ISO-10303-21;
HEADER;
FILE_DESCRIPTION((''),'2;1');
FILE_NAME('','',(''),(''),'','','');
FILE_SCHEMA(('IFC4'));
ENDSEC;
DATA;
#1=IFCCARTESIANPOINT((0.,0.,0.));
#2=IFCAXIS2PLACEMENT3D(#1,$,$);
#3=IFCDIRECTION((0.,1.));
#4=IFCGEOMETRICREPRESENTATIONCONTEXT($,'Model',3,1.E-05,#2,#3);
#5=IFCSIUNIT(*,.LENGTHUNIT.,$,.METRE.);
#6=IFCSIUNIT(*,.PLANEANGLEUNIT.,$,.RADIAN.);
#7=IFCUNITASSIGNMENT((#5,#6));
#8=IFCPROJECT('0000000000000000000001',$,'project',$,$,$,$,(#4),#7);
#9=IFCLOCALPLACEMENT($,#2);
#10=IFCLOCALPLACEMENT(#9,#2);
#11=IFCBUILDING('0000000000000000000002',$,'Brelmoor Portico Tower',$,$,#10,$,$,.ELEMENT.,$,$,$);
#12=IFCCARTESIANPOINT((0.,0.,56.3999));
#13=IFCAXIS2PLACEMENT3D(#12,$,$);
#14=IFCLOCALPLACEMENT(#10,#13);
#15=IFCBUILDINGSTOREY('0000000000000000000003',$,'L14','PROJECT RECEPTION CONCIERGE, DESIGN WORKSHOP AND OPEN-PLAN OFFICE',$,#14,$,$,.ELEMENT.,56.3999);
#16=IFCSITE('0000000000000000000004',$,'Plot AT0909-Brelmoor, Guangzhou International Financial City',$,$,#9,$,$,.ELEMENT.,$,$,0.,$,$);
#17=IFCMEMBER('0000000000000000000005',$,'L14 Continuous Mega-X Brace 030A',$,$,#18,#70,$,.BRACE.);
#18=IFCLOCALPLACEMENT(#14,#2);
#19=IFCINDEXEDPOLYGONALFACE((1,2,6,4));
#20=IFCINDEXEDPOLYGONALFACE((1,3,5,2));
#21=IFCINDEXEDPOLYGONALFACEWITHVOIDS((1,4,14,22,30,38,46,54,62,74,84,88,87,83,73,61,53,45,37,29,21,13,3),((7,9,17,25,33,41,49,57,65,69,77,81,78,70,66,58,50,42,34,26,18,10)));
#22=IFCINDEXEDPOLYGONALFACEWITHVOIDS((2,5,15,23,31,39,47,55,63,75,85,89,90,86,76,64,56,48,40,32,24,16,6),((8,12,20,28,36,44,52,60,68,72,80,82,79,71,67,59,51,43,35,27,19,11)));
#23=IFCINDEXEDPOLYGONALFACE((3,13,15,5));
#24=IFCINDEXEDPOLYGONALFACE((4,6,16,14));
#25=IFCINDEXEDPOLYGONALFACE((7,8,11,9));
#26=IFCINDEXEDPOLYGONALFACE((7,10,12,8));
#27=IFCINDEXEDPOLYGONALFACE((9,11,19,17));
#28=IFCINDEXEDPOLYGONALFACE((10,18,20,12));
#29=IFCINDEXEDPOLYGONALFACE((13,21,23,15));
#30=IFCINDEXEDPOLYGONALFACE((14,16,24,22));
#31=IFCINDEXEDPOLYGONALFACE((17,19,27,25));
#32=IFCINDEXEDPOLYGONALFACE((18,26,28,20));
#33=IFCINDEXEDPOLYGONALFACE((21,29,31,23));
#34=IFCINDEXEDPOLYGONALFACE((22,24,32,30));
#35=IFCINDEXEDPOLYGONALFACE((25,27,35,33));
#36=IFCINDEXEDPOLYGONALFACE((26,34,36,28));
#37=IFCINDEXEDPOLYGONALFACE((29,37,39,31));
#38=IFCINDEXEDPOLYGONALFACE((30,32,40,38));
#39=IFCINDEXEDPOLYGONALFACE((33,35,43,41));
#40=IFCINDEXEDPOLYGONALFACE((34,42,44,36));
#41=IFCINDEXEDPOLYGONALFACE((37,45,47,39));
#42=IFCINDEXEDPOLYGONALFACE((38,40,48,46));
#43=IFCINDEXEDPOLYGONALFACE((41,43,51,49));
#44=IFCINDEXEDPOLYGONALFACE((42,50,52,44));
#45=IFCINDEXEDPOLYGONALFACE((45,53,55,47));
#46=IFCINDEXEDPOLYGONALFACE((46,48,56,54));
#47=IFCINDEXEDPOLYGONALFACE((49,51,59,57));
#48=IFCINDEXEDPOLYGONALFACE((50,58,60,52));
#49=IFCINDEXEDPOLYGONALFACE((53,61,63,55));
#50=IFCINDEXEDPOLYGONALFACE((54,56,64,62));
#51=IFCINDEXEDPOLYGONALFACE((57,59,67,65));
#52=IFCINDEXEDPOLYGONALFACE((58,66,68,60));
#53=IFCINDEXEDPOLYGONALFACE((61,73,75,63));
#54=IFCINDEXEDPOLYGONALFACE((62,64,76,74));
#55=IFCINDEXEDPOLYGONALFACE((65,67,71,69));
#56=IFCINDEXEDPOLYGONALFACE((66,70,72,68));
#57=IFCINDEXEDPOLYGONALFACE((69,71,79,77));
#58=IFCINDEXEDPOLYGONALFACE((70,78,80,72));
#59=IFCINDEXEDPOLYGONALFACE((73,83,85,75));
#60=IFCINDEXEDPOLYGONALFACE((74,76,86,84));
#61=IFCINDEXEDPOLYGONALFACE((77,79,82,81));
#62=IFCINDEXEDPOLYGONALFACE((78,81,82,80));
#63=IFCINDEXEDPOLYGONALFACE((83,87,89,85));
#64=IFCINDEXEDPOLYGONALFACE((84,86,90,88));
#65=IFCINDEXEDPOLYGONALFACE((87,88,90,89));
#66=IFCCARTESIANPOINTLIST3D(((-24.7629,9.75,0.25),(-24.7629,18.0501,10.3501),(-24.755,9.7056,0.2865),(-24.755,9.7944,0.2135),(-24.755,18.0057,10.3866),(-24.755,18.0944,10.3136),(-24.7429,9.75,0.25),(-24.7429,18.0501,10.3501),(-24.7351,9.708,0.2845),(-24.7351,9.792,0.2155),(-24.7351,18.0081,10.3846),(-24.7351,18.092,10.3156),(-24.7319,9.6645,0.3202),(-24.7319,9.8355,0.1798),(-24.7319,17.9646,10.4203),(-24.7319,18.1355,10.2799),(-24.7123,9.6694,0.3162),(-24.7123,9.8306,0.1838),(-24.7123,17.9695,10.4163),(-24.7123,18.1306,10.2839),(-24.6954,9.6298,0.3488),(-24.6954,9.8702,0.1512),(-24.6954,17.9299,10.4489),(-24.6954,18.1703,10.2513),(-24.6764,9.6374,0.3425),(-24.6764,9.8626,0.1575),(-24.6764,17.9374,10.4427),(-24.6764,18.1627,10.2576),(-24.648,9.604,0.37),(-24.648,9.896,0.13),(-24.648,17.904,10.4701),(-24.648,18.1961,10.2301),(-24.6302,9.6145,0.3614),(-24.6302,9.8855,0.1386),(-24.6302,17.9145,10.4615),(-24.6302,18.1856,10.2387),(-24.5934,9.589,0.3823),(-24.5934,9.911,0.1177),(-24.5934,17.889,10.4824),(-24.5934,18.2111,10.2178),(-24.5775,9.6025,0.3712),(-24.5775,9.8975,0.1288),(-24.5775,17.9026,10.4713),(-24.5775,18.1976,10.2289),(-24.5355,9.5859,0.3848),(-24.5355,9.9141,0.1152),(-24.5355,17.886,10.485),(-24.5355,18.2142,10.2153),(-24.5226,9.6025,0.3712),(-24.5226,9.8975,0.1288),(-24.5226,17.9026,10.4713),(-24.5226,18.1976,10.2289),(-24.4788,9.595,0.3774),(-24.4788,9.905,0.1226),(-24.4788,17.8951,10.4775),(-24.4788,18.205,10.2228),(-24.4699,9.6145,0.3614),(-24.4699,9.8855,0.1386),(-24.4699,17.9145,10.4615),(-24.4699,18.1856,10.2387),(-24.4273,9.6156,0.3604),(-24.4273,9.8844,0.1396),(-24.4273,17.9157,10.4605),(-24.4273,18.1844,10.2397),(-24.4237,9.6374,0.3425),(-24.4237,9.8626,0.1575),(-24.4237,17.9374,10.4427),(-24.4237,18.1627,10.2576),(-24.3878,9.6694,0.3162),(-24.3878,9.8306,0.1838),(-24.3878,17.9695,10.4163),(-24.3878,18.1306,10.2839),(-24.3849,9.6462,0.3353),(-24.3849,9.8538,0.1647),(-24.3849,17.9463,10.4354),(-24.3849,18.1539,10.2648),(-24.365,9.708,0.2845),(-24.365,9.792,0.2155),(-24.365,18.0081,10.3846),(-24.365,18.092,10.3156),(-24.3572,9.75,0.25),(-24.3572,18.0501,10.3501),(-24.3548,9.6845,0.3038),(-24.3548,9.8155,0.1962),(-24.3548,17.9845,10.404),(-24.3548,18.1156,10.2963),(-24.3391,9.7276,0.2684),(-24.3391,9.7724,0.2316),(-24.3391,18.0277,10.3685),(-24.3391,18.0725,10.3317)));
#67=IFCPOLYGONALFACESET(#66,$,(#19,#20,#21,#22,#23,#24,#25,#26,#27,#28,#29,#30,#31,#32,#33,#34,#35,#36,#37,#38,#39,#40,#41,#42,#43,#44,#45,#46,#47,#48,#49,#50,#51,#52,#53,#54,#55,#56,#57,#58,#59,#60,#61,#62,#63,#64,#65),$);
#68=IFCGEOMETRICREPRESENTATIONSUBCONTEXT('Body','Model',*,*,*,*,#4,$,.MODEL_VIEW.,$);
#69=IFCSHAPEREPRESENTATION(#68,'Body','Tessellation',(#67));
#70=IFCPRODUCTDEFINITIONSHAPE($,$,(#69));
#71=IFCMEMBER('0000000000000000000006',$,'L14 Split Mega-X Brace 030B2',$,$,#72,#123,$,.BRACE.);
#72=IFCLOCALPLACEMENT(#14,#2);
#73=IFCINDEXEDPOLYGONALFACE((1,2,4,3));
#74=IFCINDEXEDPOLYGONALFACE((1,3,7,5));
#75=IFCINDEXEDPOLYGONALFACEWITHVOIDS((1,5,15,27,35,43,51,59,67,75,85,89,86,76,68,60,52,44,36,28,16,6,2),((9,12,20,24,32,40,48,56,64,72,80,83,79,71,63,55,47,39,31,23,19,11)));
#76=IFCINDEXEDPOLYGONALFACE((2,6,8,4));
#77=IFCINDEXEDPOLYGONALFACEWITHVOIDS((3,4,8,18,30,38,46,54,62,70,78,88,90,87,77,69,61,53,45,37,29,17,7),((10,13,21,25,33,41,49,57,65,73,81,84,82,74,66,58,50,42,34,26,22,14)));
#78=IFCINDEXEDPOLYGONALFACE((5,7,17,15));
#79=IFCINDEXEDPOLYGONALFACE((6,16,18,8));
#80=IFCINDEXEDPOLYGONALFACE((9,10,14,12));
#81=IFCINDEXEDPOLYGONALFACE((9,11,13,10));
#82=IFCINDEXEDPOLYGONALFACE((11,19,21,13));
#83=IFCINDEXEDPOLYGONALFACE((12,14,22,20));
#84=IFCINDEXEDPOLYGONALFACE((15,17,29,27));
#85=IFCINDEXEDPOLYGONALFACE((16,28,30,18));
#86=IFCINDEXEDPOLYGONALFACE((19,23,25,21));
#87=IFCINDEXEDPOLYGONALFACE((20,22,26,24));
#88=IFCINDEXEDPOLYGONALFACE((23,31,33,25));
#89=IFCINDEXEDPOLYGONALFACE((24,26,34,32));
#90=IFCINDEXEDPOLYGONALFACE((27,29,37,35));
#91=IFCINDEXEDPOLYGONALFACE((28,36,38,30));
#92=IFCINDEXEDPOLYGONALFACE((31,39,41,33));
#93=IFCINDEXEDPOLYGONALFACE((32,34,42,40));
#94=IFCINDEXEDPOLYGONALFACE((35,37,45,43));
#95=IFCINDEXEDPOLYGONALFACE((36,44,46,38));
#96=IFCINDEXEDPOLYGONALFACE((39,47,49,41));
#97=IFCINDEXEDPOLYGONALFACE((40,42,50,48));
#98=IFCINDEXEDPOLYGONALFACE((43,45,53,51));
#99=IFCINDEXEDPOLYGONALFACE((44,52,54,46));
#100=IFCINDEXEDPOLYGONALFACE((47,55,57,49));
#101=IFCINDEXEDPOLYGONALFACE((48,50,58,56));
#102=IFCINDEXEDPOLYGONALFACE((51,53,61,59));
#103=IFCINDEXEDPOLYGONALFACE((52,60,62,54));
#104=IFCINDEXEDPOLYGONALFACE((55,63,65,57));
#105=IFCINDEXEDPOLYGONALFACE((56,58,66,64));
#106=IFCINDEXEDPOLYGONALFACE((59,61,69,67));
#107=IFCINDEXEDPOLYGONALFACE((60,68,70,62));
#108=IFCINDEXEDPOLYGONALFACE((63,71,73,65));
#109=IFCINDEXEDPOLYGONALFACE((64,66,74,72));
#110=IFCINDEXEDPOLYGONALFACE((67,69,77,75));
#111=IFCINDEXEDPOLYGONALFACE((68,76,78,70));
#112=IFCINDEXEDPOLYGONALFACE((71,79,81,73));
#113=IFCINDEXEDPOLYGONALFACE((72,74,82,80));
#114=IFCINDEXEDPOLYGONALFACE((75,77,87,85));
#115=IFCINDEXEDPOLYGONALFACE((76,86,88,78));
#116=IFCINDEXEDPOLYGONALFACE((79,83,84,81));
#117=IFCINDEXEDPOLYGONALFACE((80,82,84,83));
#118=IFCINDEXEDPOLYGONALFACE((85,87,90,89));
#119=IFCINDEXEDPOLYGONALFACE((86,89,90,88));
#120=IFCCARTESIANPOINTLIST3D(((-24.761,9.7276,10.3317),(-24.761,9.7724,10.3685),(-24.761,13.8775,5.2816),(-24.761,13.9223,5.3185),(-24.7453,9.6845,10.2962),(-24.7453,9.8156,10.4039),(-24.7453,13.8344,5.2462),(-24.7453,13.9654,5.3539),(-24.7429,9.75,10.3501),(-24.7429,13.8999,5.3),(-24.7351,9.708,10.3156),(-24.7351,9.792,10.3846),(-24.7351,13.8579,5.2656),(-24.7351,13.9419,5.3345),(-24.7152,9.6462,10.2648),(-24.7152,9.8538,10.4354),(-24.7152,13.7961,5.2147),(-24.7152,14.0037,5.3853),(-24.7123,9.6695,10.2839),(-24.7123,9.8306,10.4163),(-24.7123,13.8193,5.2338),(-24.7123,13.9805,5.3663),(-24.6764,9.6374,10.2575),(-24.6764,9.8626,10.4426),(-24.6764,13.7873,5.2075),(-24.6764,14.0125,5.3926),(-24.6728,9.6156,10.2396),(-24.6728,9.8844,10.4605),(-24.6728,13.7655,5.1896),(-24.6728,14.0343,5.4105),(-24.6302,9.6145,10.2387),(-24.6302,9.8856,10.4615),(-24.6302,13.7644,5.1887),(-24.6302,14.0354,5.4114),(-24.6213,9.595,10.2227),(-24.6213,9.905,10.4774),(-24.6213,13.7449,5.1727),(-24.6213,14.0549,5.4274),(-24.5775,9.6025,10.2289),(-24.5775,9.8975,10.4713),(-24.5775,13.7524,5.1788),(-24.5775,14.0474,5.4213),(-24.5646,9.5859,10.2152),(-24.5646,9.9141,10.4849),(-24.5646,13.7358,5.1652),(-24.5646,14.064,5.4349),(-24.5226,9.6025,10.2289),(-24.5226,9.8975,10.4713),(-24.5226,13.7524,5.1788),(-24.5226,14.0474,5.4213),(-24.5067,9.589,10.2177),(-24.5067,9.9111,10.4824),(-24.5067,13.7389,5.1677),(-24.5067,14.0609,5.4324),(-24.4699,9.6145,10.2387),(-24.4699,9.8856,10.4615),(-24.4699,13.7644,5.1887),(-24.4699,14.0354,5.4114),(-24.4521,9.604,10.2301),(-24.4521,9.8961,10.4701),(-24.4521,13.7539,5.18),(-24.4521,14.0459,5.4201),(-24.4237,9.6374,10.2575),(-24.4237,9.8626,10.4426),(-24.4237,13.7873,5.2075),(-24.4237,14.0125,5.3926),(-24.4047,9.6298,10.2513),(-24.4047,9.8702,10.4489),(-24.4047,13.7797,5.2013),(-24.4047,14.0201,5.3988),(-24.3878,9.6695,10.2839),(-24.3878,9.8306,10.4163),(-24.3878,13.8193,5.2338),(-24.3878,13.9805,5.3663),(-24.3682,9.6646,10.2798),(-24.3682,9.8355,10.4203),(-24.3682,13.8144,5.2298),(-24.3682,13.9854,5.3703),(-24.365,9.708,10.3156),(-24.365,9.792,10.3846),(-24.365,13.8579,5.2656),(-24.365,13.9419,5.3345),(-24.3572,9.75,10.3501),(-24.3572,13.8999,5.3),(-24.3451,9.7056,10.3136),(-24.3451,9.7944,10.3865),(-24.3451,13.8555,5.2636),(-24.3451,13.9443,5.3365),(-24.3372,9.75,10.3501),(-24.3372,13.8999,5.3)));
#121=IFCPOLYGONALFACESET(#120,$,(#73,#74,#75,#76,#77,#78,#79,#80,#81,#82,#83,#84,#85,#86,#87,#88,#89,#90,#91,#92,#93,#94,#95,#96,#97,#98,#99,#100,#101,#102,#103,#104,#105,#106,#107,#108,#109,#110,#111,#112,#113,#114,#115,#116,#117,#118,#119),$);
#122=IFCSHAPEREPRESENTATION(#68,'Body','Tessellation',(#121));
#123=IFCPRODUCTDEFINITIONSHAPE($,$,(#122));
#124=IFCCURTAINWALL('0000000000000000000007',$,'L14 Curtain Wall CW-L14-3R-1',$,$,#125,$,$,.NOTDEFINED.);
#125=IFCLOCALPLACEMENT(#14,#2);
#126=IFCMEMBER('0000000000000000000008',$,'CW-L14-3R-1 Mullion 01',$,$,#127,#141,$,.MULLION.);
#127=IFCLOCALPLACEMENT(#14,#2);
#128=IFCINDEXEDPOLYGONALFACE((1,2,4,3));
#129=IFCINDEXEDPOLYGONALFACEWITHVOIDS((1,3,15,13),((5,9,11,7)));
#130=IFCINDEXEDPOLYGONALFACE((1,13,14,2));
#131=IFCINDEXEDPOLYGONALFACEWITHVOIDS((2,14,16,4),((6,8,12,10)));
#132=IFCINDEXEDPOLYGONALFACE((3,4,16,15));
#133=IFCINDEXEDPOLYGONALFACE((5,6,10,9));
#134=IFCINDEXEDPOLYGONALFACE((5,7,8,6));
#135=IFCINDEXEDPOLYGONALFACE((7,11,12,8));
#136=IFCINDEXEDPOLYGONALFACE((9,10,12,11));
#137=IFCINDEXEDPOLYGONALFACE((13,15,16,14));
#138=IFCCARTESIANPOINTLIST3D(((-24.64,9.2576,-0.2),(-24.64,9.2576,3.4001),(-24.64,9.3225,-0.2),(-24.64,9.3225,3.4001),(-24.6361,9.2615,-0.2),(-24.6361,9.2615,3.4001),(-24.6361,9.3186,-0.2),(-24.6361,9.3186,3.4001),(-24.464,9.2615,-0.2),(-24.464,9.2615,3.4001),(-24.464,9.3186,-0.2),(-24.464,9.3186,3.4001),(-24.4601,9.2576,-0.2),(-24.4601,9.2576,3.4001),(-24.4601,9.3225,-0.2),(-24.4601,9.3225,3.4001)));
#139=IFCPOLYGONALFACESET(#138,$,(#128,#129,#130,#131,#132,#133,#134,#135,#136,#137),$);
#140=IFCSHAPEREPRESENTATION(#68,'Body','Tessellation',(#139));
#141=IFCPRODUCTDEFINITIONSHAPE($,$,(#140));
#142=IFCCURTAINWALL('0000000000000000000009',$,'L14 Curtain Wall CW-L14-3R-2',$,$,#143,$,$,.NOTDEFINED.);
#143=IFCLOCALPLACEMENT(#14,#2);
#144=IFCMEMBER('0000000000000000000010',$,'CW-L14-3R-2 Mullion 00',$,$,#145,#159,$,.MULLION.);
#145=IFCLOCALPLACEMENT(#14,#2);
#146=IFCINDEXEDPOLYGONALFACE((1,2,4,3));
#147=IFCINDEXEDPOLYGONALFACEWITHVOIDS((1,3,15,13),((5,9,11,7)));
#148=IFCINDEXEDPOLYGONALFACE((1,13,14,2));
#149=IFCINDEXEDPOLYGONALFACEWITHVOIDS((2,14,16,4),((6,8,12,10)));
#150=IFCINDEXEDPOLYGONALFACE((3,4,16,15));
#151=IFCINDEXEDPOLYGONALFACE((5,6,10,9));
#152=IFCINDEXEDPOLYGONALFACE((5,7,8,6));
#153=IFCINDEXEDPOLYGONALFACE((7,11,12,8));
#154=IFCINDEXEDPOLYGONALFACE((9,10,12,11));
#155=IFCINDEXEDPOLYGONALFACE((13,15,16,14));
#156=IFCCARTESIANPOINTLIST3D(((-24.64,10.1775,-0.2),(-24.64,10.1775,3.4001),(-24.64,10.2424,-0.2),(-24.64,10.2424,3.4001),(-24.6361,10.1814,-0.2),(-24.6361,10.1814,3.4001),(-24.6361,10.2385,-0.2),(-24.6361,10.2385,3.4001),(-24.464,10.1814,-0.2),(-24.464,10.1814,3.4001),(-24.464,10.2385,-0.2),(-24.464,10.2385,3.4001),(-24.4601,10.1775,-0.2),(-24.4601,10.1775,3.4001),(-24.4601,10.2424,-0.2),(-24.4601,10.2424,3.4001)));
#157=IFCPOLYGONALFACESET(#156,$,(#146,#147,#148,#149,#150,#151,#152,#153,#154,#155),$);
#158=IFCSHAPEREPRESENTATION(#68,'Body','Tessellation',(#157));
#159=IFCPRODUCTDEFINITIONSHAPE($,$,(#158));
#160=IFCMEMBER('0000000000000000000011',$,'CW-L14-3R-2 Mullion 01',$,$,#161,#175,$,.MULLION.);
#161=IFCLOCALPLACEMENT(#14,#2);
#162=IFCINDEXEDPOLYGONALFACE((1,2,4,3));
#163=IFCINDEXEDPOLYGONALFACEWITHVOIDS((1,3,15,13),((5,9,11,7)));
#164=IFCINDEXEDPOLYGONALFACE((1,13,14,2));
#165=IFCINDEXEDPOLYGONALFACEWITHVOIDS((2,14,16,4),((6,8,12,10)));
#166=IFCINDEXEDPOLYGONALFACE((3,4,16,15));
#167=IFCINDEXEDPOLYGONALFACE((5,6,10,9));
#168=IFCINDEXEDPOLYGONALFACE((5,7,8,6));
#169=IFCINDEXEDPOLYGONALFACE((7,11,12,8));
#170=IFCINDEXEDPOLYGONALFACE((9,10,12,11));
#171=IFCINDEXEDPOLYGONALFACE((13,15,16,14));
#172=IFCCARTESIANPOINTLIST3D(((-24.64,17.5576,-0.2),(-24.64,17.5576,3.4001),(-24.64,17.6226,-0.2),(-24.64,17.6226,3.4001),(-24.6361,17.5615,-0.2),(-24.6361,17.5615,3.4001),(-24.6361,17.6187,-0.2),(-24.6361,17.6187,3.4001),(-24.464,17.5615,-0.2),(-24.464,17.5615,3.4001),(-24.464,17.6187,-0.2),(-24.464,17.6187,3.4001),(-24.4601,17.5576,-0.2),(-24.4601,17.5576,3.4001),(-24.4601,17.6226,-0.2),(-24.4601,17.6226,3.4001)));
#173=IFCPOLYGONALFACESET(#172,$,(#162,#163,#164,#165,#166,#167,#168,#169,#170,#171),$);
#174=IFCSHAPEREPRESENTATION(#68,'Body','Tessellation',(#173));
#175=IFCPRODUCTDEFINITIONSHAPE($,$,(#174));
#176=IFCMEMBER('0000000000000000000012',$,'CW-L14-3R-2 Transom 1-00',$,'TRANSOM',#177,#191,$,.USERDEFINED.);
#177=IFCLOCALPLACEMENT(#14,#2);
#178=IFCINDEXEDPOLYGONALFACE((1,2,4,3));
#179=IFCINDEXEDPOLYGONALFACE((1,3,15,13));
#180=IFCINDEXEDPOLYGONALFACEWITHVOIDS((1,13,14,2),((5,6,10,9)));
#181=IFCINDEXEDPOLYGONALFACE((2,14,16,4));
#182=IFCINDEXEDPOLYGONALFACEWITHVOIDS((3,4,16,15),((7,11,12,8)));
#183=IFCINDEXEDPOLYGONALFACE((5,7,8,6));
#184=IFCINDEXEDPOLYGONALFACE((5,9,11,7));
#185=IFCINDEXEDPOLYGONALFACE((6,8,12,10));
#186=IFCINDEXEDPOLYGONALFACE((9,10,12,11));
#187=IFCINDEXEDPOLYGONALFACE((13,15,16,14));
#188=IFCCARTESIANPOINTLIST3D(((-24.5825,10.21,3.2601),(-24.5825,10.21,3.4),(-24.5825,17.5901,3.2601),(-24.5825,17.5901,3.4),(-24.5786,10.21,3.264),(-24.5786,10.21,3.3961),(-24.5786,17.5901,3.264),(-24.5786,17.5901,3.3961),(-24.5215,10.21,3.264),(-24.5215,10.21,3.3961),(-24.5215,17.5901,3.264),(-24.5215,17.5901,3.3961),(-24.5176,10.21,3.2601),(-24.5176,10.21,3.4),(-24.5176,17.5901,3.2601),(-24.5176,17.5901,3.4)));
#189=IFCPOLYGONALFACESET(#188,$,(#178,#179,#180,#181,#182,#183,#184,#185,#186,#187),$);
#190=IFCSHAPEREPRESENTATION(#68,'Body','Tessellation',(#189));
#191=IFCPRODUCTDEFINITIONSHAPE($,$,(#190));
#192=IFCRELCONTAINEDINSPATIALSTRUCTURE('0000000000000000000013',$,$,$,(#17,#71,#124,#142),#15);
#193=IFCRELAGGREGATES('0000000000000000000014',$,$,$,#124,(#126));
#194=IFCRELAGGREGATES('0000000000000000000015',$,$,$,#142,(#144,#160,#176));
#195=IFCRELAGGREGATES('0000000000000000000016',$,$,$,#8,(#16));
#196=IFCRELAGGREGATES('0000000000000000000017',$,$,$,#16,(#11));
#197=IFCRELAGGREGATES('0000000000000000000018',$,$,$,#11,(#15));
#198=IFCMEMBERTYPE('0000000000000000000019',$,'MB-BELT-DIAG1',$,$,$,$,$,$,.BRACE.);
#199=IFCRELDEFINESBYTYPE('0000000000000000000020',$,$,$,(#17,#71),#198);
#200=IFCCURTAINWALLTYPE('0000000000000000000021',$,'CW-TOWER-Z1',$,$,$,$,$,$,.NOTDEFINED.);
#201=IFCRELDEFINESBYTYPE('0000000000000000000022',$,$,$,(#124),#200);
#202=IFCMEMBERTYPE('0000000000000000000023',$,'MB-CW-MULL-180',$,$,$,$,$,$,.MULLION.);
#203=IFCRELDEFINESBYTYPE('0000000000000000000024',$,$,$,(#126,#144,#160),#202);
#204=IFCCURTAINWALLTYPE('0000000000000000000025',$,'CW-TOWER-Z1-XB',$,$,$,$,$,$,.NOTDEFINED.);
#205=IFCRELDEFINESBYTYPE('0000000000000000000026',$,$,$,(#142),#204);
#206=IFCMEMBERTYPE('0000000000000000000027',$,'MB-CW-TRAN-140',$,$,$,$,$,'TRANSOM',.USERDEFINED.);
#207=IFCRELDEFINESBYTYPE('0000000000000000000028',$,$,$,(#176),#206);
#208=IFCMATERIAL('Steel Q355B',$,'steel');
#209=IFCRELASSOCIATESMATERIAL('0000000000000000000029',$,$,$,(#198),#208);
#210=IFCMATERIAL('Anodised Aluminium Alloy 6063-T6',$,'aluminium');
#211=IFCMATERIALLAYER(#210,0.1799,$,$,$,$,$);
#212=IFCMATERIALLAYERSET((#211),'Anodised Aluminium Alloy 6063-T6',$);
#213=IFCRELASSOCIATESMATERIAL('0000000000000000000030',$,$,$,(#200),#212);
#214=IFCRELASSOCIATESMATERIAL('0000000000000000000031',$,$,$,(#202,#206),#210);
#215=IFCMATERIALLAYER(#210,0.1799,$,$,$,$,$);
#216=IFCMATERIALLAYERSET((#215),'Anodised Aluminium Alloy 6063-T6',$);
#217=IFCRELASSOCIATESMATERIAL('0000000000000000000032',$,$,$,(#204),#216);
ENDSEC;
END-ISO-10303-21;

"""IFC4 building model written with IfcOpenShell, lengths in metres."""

from ifc_helpers import new_model, si_unit, direction, frame, origin, origin_2d, place, context, subcontext, project, spatial, hollow_rectangle, hollow_circle, extrude, material, layer, layer_set, material_profile, profile_set, type_object, element, aggregate, save


model = new_model("IFC4")

# Units and contexts
model_context = context("Model", 3, precision=1e-05, world=origin(), true_north=direction((0.0, 1.0)))
body_context = subcontext(model_context, "Body", "Model", "MODEL_VIEW")
ifc_project = project(units=[si_unit("LENGTHUNIT", "METRE"), si_unit("PLANEANGLEUNIT", "RADIAN")], contexts=[model_context])

# Site, building, storey
site_placement = place(None, origin())
site = spatial("IfcSite", under=ifc_project, at=site_placement, Name="Plot AT0909-Brelmoor, Guangzhou International Financial City", CompositionType="ELEMENT", RefElevation=0.0)
building_placement = place(site_placement, origin())
building = spatial("IfcBuilding", under=site, at=building_placement, Name="Brelmoor Portico Tower", CompositionType="ELEMENT")
storey_placement = place(building_placement, frame((0.0, 0.0, 56.3999)))
storey = spatial("IfcBuildingStorey", under=building, at=storey_placement, Name="L14", Description="PROJECT RECEPTION CONCIERGE, DESIGN WORKSHOP AND OPEN-PLAN OFFICE", CompositionType="ELEMENT", Elevation=56.3999)

# Shared definitions
ifc_material_1 = material(Name="Steel Q355B", Category="steel")

# Members
ifc_material_profile_1 = material_profile(ifc_material_1, hollow_circle(Radius=0.2129, WallThickness=0.02, at=origin_2d()), Name="CHS 426x20")
ifc_profile_set_1 = profile_set([ifc_material_profile_1], Name="Steel Q355B")
member_type_1 = type_object("IfcMemberType", Name="MB-BELT-DIAG1", PredefinedType="BRACE", material=ifc_profile_set_1)
member_1_placement = place(storey_placement, frame((-24.55, 9.75, 0.25), z_axis=(0.0, 0.634901, 0.772593), x_axis=(-1.0, 0.0, 0.0)))
element("IfcMember", 1, at=member_1_placement, inside=storey, type_object=member_type_1, Name="L14 Continuous Mega-X Brace 030A", PredefinedType="BRACE", context=body_context, shape_type="SweptSolid", body=[
    extrude(hollow_circle(Radius=0.2129, WallThickness=0.02, at=origin_2d()), origin(), (0.0, 0.0, 1.0), 13.073),
])
member_2_placement = place(storey_placement, frame((-24.55, 13.8999, 5.3), z_axis=(0.0, -0.63489, 0.772603), x_axis=(1.0, 0.0, 0.0)))
element("IfcMember", 2, at=member_2_placement, inside=storey, type_object=member_type_1, Name="L14 Split Mega-X Brace 030B2", PredefinedType="BRACE", context=body_context, shape_type="SweptSolid", body=[
    extrude(hollow_circle(Radius=0.2129, WallThickness=0.02, at=origin_2d()), origin(), (0.0, 0.0, 1.0), 6.5364),
])

# Curtain wall, member
ifc_material_2 = material(Name="Anodised Aluminium Alloy 6063-T6", Category="aluminium")
ifc_layer_1 = layer(ifc_material_2, 0.1799)
ifc_layer_set_1 = layer_set([ifc_layer_1], Name="Anodised Aluminium Alloy 6063-T6")
curtain_wall_type_1 = type_object("IfcCurtainWallType", Name="CW-TOWER-Z1", PredefinedType="NOTDEFINED", material=ifc_layer_set_1)
curtain_wall_1_placement = place(storey_placement, origin())
curtain_wall_1 = element("IfcCurtainWall", 3, at=curtain_wall_1_placement, inside=storey, type_object=curtain_wall_type_1, Name="L14 Curtain Wall CW-L14-3R-1", PredefinedType="NOTDEFINED")
ifc_material_profile_2 = material_profile(ifc_material_2, hollow_rectangle(XDim=0.0649, YDim=0.1799, WallThickness=0.0039, at=origin_2d()), Name="ALU MULLION 65x180")
ifc_profile_set_2 = profile_set([ifc_material_profile_2], Name="Anodised Aluminium Alloy 6063-T6")
member_type_2 = type_object("IfcMemberType", Name="MB-CW-MULL-180", PredefinedType="MULLION", material=ifc_profile_set_2)
member_3_placement = place(storey_placement, frame((-24.55, 9.29, -0.2), z_axis=(0.0, 0.0, 1.0), x_axis=(0.0, 1.0, 0.0)))
member_3 = element("IfcMember", 4, at=member_3_placement, type_object=member_type_2, Name="CW-L14-3R-1 Mullion 01", PredefinedType="MULLION", context=body_context, shape_type="SweptSolid", body=[
    extrude(hollow_rectangle(XDim=0.0649, YDim=0.1799, WallThickness=0.0039, at=origin_2d()), origin(), (0.0, 0.0, 1.0), 3.6001),
])

# Curtain wall, members
ifc_layer_2 = layer(ifc_material_2, 0.1799)
ifc_layer_set_2 = layer_set([ifc_layer_2], Name="Anodised Aluminium Alloy 6063-T6")
curtain_wall_type_2 = type_object("IfcCurtainWallType", Name="CW-TOWER-Z1-XB", PredefinedType="NOTDEFINED", material=ifc_layer_set_2)
curtain_wall_2_placement = place(storey_placement, origin())
curtain_wall_2 = element("IfcCurtainWall", 5, at=curtain_wall_2_placement, inside=storey, type_object=curtain_wall_type_2, Name="L14 Curtain Wall CW-L14-3R-2", PredefinedType="NOTDEFINED")
member_4_placement = place(storey_placement, frame((-24.55, 10.21, -0.2), z_axis=(0.0, 0.0, 1.0), x_axis=(0.0, 1.0, 0.0)))
member_4 = element("IfcMember", 6, at=member_4_placement, type_object=member_type_2, Name="CW-L14-3R-2 Mullion 00", PredefinedType="MULLION", context=body_context, shape_type="SweptSolid", body=[
    extrude(hollow_rectangle(XDim=0.0649, YDim=0.1799, WallThickness=0.0039, at=origin_2d()), origin(), (0.0, 0.0, 1.0), 3.6001),
])
member_5_placement = place(storey_placement, frame((-24.55, 17.5901, -0.2), z_axis=(0.0, 0.0, 1.0), x_axis=(0.0, 1.0, 0.0)))
member_5 = element("IfcMember", 7, at=member_5_placement, type_object=member_type_2, Name="CW-L14-3R-2 Mullion 01", PredefinedType="MULLION", context=body_context, shape_type="SweptSolid", body=[
    extrude(hollow_rectangle(XDim=0.0649, YDim=0.1799, WallThickness=0.0039, at=origin_2d()), origin(), (0.0, 0.0, 1.0), 3.6001),
])
ifc_material_profile_3 = material_profile(ifc_material_2, hollow_rectangle(XDim=0.0649, YDim=0.1399, WallThickness=0.0039, at=origin_2d()), Name="ALU TRANSOM 65x140")
ifc_profile_set_3 = profile_set([ifc_material_profile_3], Name="Anodised Aluminium Alloy 6063-T6")
member_type_3 = type_object("IfcMemberType", Name="MB-CW-TRAN-140", ElementType="TRANSOM", PredefinedType="USERDEFINED", material=ifc_profile_set_3)
member_6_placement = place(storey_placement, frame((-24.55, 10.21, 3.3301), z_axis=(0.0, 1.0, 0.0), x_axis=(-1.0, 0.0, 0.0)))
member_6 = element("IfcMember", 8, at=member_6_placement, type_object=member_type_3, Name="CW-L14-3R-2 Transom 1-00", ObjectType="TRANSOM", PredefinedType="USERDEFINED", context=body_context, shape_type="SweptSolid", body=[
    extrude(hollow_rectangle(XDim=0.0649, YDim=0.1399, WallThickness=0.0039, at=origin_2d()), origin(), (0.0, 0.0, 1.0), 7.3801),
])

aggregate(curtain_wall_1, [member_3])
aggregate(curtain_wall_2, [member_4, member_5, member_6])

save(model, "model.ifc")
